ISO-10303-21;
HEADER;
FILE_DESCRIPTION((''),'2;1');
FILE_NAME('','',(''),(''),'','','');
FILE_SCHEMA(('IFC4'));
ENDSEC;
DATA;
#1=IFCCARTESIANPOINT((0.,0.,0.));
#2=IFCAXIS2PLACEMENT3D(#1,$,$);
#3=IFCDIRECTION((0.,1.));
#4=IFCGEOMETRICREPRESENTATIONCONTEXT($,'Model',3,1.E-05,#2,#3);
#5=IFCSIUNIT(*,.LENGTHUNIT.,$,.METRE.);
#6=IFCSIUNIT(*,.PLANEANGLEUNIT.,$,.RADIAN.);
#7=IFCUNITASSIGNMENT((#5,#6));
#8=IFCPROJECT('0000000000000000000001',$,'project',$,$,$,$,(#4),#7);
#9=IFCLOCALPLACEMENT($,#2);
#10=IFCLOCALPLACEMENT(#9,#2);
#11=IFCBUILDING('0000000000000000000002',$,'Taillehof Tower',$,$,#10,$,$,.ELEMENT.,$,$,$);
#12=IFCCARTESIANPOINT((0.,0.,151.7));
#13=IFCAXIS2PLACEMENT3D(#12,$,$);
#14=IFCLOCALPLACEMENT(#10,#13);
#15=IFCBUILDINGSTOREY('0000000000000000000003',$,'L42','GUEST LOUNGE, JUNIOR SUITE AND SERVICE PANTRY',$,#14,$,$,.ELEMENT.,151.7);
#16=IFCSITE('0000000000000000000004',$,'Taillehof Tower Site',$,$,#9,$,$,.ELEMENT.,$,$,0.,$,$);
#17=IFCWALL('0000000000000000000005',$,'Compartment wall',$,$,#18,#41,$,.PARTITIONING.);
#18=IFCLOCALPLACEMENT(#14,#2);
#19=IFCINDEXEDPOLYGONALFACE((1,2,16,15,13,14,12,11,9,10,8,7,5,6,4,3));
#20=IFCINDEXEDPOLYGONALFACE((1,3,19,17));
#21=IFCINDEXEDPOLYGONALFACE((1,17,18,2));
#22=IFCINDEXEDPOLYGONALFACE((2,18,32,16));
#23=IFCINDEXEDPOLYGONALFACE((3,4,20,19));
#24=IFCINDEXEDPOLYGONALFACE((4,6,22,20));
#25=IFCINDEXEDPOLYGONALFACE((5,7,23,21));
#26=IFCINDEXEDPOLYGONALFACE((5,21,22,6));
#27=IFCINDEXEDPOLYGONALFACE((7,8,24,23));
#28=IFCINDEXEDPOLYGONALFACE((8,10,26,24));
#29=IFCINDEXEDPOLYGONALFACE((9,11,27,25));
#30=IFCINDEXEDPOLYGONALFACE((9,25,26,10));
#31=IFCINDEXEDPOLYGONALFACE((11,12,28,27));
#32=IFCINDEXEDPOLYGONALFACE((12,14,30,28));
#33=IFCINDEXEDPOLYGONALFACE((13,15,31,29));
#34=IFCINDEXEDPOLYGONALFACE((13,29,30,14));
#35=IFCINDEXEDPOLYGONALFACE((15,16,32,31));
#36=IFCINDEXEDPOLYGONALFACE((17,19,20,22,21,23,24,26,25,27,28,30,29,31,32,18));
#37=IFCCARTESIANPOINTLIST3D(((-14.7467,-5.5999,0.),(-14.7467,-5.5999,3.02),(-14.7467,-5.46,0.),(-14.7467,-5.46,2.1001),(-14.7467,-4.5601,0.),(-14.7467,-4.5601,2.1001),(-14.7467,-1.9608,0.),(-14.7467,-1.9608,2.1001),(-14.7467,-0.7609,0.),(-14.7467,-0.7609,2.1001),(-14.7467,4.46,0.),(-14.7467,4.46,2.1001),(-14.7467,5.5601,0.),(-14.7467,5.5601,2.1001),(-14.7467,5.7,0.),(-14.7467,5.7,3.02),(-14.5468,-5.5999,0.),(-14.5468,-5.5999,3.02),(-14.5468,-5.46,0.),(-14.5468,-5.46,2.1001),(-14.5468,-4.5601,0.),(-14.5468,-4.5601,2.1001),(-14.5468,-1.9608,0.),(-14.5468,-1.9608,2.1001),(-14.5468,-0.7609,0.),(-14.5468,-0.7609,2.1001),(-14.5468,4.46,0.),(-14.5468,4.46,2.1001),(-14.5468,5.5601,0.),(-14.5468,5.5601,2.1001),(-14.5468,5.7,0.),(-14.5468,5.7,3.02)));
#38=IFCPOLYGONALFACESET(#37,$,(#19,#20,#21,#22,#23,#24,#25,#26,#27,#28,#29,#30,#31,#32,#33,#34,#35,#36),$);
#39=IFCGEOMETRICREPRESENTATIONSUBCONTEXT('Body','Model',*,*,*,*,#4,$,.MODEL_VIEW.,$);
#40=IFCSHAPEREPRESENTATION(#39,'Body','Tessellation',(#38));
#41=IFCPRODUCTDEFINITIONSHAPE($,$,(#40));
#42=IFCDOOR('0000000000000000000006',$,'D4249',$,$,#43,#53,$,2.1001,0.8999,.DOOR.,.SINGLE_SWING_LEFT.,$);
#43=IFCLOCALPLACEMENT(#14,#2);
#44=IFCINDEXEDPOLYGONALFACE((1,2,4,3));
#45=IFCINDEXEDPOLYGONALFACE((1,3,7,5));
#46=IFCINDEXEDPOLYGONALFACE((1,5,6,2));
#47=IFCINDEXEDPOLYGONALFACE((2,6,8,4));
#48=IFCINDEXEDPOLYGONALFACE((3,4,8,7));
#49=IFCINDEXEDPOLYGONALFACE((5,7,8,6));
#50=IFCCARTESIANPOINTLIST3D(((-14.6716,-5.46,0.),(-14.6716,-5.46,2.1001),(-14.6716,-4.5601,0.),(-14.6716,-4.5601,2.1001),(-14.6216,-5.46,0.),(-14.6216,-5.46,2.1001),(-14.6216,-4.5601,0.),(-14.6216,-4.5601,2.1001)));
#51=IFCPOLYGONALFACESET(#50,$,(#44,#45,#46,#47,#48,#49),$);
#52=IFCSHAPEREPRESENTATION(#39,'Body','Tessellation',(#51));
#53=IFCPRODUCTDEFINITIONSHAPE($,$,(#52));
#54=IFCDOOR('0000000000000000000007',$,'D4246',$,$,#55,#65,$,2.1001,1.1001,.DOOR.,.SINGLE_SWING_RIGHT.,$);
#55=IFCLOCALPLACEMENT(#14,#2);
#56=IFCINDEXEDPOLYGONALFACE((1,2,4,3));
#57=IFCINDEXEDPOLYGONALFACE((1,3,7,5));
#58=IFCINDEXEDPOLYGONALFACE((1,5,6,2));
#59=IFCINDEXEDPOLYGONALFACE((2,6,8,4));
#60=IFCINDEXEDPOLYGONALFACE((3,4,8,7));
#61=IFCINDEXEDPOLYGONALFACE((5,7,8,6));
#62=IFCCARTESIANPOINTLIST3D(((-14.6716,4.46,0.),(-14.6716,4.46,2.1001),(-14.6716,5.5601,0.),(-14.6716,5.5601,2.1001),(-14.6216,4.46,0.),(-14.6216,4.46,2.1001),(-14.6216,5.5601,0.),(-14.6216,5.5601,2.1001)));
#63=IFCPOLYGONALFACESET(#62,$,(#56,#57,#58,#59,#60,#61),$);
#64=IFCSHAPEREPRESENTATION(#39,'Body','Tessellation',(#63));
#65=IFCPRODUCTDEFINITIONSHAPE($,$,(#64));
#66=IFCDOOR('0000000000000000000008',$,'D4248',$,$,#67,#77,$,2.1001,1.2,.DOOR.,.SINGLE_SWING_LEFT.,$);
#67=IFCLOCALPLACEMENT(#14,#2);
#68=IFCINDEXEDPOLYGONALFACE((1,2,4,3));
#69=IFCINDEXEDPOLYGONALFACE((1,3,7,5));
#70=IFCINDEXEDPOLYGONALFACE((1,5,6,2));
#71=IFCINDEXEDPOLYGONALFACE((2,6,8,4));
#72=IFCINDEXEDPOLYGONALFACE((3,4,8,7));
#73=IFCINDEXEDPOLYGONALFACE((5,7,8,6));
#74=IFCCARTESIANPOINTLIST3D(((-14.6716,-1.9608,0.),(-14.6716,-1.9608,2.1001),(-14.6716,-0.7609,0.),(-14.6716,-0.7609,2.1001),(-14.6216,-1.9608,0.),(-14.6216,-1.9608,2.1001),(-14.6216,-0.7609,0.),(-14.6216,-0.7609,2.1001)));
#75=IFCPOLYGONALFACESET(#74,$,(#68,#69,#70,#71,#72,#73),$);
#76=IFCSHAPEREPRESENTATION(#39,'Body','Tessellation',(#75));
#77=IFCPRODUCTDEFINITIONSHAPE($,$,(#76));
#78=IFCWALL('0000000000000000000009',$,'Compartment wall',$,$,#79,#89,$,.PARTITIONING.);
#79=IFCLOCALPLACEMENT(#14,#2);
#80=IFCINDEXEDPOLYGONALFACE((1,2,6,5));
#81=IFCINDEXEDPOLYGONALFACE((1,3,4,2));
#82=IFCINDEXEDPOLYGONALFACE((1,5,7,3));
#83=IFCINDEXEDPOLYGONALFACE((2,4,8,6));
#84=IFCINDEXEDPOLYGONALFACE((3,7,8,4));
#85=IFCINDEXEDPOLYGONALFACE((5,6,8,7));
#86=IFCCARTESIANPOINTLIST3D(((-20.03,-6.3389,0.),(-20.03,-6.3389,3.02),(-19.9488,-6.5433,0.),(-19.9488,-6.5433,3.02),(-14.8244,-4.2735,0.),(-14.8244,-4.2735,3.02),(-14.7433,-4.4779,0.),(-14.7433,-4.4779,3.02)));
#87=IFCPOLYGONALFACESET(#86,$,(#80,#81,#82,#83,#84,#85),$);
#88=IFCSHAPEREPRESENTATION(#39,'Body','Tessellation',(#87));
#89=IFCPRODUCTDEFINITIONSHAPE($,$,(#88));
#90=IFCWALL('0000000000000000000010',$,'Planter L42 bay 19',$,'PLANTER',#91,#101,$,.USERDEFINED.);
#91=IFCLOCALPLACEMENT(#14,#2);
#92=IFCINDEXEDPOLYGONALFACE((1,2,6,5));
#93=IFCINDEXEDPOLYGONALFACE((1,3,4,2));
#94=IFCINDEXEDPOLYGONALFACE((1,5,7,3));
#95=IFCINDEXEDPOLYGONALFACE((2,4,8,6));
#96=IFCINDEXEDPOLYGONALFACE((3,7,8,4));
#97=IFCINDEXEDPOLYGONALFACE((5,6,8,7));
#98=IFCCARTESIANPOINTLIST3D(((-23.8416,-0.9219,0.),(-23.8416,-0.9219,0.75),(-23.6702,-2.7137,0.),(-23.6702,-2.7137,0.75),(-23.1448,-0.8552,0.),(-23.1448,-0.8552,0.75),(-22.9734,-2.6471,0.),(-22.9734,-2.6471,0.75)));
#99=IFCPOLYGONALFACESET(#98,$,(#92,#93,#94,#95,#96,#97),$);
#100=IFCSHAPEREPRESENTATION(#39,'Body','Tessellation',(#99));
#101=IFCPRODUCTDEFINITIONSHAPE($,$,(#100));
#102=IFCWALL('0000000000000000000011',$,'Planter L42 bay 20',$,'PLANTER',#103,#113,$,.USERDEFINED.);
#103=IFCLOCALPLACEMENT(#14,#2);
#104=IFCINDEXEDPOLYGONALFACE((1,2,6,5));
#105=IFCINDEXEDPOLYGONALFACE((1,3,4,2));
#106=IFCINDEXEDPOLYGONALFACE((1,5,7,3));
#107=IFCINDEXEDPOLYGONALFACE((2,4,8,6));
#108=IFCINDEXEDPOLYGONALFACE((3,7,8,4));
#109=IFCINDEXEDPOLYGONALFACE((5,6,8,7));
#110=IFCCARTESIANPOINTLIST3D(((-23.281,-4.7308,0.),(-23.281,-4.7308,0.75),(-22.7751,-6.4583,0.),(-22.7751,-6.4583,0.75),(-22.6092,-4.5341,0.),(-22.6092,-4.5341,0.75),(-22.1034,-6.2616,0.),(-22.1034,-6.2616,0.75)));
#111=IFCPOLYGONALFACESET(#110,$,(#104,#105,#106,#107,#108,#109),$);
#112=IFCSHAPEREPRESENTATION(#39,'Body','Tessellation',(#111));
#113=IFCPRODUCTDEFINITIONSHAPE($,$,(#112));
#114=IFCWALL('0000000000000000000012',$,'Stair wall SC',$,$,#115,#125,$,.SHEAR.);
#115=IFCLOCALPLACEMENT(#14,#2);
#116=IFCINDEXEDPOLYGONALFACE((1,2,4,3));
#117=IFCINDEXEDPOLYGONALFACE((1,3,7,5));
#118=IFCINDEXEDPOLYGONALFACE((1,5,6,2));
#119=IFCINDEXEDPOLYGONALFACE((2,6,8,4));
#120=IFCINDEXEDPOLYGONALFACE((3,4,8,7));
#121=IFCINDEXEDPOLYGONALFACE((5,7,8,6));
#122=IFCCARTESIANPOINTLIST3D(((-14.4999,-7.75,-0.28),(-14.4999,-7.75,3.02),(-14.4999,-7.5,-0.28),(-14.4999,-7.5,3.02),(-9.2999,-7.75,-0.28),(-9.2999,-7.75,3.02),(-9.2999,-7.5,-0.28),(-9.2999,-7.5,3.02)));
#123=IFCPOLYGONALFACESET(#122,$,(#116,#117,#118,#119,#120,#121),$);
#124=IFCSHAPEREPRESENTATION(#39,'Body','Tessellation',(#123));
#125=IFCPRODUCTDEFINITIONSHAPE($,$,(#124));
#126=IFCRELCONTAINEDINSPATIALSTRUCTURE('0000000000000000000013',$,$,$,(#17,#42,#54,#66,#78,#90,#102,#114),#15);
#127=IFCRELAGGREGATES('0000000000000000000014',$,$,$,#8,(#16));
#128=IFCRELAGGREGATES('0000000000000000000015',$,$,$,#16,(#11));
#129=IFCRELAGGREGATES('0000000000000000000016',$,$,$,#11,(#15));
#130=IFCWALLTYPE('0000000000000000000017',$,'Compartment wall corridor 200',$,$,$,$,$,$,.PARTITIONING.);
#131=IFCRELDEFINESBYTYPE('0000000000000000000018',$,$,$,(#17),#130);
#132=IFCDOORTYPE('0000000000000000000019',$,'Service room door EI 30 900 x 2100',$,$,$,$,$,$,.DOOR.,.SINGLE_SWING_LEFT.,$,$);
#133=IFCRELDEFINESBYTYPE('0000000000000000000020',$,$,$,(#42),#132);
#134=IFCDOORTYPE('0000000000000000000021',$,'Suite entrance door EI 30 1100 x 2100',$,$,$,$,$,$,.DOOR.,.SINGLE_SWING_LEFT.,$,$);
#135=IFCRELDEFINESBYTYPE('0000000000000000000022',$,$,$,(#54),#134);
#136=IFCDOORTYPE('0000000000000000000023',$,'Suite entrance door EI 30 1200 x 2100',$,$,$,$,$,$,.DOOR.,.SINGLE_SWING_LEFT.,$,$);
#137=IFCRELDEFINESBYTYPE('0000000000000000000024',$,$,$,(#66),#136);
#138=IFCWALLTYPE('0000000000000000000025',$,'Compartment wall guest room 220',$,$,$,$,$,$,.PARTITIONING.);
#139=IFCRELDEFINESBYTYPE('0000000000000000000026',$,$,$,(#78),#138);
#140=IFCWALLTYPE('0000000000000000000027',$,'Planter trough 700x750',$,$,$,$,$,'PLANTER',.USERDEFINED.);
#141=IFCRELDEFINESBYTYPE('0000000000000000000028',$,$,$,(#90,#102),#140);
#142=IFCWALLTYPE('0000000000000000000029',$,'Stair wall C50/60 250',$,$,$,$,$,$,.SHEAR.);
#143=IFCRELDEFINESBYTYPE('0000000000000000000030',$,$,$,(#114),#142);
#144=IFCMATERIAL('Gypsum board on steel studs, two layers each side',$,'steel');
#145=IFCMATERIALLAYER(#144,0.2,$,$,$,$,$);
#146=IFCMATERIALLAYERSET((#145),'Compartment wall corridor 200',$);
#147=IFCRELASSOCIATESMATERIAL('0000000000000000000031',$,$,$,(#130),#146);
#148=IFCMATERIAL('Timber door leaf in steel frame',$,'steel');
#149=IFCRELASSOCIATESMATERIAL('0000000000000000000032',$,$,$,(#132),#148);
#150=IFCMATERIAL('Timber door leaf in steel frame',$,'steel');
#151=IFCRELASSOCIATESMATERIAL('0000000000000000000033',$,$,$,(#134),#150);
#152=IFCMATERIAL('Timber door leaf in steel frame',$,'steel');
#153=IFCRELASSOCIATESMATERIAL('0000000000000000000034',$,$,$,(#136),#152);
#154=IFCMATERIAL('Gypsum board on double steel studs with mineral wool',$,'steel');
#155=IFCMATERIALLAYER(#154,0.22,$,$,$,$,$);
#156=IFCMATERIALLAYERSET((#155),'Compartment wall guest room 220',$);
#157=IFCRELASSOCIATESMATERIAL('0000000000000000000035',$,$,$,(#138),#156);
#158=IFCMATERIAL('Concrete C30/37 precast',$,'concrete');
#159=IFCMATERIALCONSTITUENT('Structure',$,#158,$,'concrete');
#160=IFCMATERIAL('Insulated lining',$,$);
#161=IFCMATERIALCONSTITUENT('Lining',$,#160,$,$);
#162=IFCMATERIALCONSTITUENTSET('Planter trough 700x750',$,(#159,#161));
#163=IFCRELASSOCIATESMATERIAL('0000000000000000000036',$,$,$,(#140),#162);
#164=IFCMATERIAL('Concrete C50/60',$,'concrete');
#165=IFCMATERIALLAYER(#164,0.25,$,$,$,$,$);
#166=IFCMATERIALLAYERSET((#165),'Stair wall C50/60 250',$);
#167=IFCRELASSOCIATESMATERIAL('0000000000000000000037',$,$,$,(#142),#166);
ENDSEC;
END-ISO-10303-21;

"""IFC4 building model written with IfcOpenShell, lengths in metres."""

from ifc_helpers import new_model, si_unit, direction, frame, frame_2d, origin, place, context, subcontext, project, spatial, rectangle, extrude, material, layer, layer_set, constituent, constituent_set, type_object, element, fill, save


model = new_model("IFC4")

# Units and contexts
model_context = context("Model", 3, precision=1e-05, world=origin(), true_north=direction((0.0, 1.0)))
body_context = subcontext(model_context, "Body", "Model", "MODEL_VIEW")
ifc_project = project(units=[si_unit("LENGTHUNIT", "METRE"), si_unit("PLANEANGLEUNIT", "RADIAN")], contexts=[model_context])

# Site, building, storey
site_placement = place(None, origin())
site = spatial("IfcSite", under=ifc_project, at=site_placement, Name="Taillehof Tower Site", CompositionType="ELEMENT", RefElevation=0.0)
building_placement = place(site_placement, origin())
building = spatial("IfcBuilding", under=site, at=building_placement, Name="Taillehof Tower", CompositionType="ELEMENT")
storey_placement = place(building_placement, frame((0.0, 0.0, 151.7)))
storey = spatial("IfcBuildingStorey", under=building, at=storey_placement, Name="L42", Description="GUEST LOUNGE, JUNIOR SUITE AND SERVICE PANTRY", CompositionType="ELEMENT", Elevation=151.7)

# Shared definitions
ifc_material_1 = material(Name="Gypsum board on steel studs, two layers each side", Category="steel")
ifc_layer_1 = layer(ifc_material_1, 0.2)
ifc_layer_set_1 = layer_set([ifc_layer_1], Name="Compartment wall corridor 200")
wall_type_1 = type_object("IfcWallType", Name="Compartment wall corridor 200", PredefinedType="PARTITIONING", material=ifc_layer_set_1)

# Wall, openings, doors
wall_1_placement = place(storey_placement, frame((-14.6467, -5.5999, 0.0), z_axis=(0.0, 0.0, 1.0), x_axis=(0.0, 1.0, 0.0)))
wall_1 = element("IfcWall", 1, at=wall_1_placement, inside=storey, type_object=wall_type_1, Name="Compartment wall", PredefinedType="PARTITIONING", context=body_context, shape_type="SweptSolid", body=[
    extrude(rectangle(XDim=11.2998, YDim=0.2, at=frame_2d((5.6499, 0.0))), origin(), (0.0, 0.0, 1.0), 3.02),
])
opening_1_placement = place(wall_1_placement, frame((10.0598, 0.0, 0.0)))
opening_1 = element("IfcOpeningElement", 2, at=opening_1_placement, cuts=wall_1, PredefinedType="OPENING", context=body_context, shape_type="SweptSolid", body=[
    extrude(rectangle(XDim=1.1001, YDim=2.1001, at=frame_2d((0.55, 1.05))), frame((0.0, 0.1099, 0.0), z_axis=(0.0, -1.0, 0.0), x_axis=(1.0, 0.0, 0.0)), (0.0, 0.0, 1.0), 0.22),
])
opening_2_placement = place(wall_1_placement, frame((3.6389, 0.0, 0.0)))
opening_2 = element("IfcOpeningElement", 3, at=opening_2_placement, cuts=wall_1, PredefinedType="OPENING", context=body_context, shape_type="SweptSolid", body=[
    extrude(rectangle(XDim=1.2, YDim=2.1001, at=frame_2d((0.6001, 1.05))), frame((0.0, 0.1099, 0.0), z_axis=(0.0, -1.0, 0.0), x_axis=(1.0, 0.0, 0.0)), (0.0, 0.0, 1.0), 0.22),
])
opening_3_placement = place(wall_1_placement, frame((0.1399, 0.0, 0.0)))
opening_3 = element("IfcOpeningElement", 4, at=opening_3_placement, cuts=wall_1, PredefinedType="OPENING", context=body_context, shape_type="SweptSolid", body=[
    extrude(rectangle(XDim=0.8999, YDim=2.1001, at=frame_2d((0.45, 1.05))), frame((0.0, 0.1099, 0.0), z_axis=(0.0, -1.0, 0.0), x_axis=(1.0, 0.0, 0.0)), (0.0, 0.0, 1.0), 0.22),
])
ifc_material_2 = material(Name="Timber door leaf in steel frame", Category="steel")
door_type_1 = type_object("IfcDoorType", Name="Service room door EI 30 900 x 2100", OperationType="SINGLE_SWING_LEFT", PredefinedType="DOOR", material=ifc_material_2)
door_1_placement = place(opening_3_placement, origin())
door_1 = element("IfcDoor", 5, at=door_1_placement, inside=storey, type_object=door_type_1, Name="D4249", OperationType="SINGLE_SWING_LEFT", OverallHeight=2.1001, OverallWidth=0.8999, PredefinedType="DOOR", context=body_context, shape_type="SweptSolid", body=[
    extrude(rectangle(XDim=0.8999, YDim=2.1001, at=frame_2d((0.45, 1.05))), frame((0.0, 0.0249, 0.0), z_axis=(0.0, -1.0, 0.0), x_axis=(1.0, 0.0, 0.0)), (0.0, 0.0, 1.0), 0.05),
])
fill(opening_3, door_1)
ifc_material_3 = material(Name="Timber door leaf in steel frame", Category="steel")
door_type_2 = type_object("IfcDoorType", Name="Suite entrance door EI 30 1100 x 2100", OperationType="SINGLE_SWING_LEFT", PredefinedType="DOOR", material=ifc_material_3)
door_2_placement = place(opening_1_placement, origin())
door_2 = element("IfcDoor", 6, at=door_2_placement, inside=storey, type_object=door_type_2, Name="D4246", OperationType="SINGLE_SWING_RIGHT", OverallHeight=2.1001, OverallWidth=1.1001, PredefinedType="DOOR", context=body_context, shape_type="SweptSolid", body=[
    extrude(rectangle(XDim=1.1001, YDim=2.1001, at=frame_2d((0.55, 1.05))), frame((0.0, 0.0249, 0.0), z_axis=(0.0, -1.0, 0.0), x_axis=(1.0, 0.0, 0.0)), (0.0, 0.0, 1.0), 0.05),
])
fill(opening_1, door_2)
ifc_material_4 = material(Name="Timber door leaf in steel frame", Category="steel")
door_type_3 = type_object("IfcDoorType", Name="Suite entrance door EI 30 1200 x 2100", OperationType="SINGLE_SWING_LEFT", PredefinedType="DOOR", material=ifc_material_4)
door_3_placement = place(opening_2_placement, origin())
door_3 = element("IfcDoor", 7, at=door_3_placement, inside=storey, type_object=door_type_3, Name="D4248", OperationType="SINGLE_SWING_LEFT", OverallHeight=2.1001, OverallWidth=1.2, PredefinedType="DOOR", context=body_context, shape_type="SweptSolid", body=[
    extrude(rectangle(XDim=1.2, YDim=2.1001, at=frame_2d((0.6001, 1.05))), frame((0.0, 0.0249, 0.0), z_axis=(0.0, -1.0, 0.0), x_axis=(1.0, 0.0, 0.0)), (0.0, 0.0, 1.0), 0.05),
])
fill(opening_2, door_3)

# Walls
ifc_material_5 = material(Name="Gypsum board on double steel studs with mineral wool", Category="steel")
ifc_layer_2 = layer(ifc_material_5, 0.22)
ifc_layer_set_2 = layer_set([ifc_layer_2], Name="Compartment wall guest room 220")
wall_type_2 = type_object("IfcWallType", Name="Compartment wall guest room 220", PredefinedType="PARTITIONING", material=ifc_layer_set_2)
wall_2_placement = place(storey_placement, frame((-19.9895, -6.4412, 0.0), z_axis=(0.0, 0.0, 1.0), x_axis=(0.929507, 0.368804, 0.0)))
element("IfcWall", 8, at=wall_2_placement, inside=storey, type_object=wall_type_2, Name="Compartment wall", PredefinedType="PARTITIONING", context=body_context, shape_type="SweptSolid", body=[
    extrude(rectangle(XDim=5.6003, YDim=0.22, at=frame_2d((2.8003, 0.0))), origin(), (0.0, 0.0, 1.0), 3.02),
])
ifc_material_6 = material(Name="Concrete C30/37 precast", Category="concrete")
ifc_constituent_1 = constituent(ifc_material_6, Name="Structure", Category="concrete")
ifc_material_7 = material(Name="Insulated lining")
ifc_constituent_2 = constituent(ifc_material_7, Name="Lining")
ifc_constituent_set = constituent_set(constituents=[ifc_constituent_1, ifc_constituent_2], Name="Planter trough 700x750")
wall_type_3 = type_object("IfcWallType", Name="Planter trough 700x750", ElementType="PLANTER", PredefinedType="USERDEFINED", material=ifc_constituent_set)
for number, where, z_axis, x_axis, name in (
    (9, (-23.4932, -0.8887, 0.0), (0.0, 0.0, 1.0), (0.095206, -0.995458, 0.0), "Planter L42 bay 19"),
    (10, (-22.9451, -4.6326, 0.0), (0.0, 0.0, 1.0), (0.281021, -0.959702, 0.0), "Planter L42 bay 20"),
):
    element("IfcWall", number, at=place(storey_placement, frame(where, z_axis=z_axis, x_axis=x_axis)), inside=storey, type_object=wall_type_3, Name=name, ObjectType="PLANTER", PredefinedType="USERDEFINED", context=body_context, shape_type="SweptSolid", body=[
        extrude(rectangle(XDim=1.8, YDim=0.7, at=frame_2d((0.8999, 0.0))), origin(), (0.0, 0.0, 1.0), 0.75),
    ])
ifc_material_8 = material(Name="Concrete C50/60", Category="concrete")
ifc_layer_3 = layer(ifc_material_8, 0.25)
ifc_layer_set_3 = layer_set([ifc_layer_3], Name="Stair wall C50/60 250")
wall_type_4 = type_object("IfcWallType", Name="Stair wall C50/60 250", PredefinedType="SHEAR", material=ifc_layer_set_3)
wall_3_placement = place(storey_placement, frame((-14.5, -7.625, -0.28), z_axis=(0.0, 0.0, 1.0), x_axis=(1.0, 0.0, 0.0)))
element("IfcWall", 11, at=wall_3_placement, inside=storey, type_object=wall_type_4, Name="Stair wall SC", PredefinedType="SHEAR", context=body_context, shape_type="SweptSolid", body=[
    extrude(rectangle(XDim=5.2, YDim=0.25, at=frame_2d((2.6001, 0.0))), origin(), (0.0, 0.0, 1.0), 3.3),
])

save(model, "model.ifc")
